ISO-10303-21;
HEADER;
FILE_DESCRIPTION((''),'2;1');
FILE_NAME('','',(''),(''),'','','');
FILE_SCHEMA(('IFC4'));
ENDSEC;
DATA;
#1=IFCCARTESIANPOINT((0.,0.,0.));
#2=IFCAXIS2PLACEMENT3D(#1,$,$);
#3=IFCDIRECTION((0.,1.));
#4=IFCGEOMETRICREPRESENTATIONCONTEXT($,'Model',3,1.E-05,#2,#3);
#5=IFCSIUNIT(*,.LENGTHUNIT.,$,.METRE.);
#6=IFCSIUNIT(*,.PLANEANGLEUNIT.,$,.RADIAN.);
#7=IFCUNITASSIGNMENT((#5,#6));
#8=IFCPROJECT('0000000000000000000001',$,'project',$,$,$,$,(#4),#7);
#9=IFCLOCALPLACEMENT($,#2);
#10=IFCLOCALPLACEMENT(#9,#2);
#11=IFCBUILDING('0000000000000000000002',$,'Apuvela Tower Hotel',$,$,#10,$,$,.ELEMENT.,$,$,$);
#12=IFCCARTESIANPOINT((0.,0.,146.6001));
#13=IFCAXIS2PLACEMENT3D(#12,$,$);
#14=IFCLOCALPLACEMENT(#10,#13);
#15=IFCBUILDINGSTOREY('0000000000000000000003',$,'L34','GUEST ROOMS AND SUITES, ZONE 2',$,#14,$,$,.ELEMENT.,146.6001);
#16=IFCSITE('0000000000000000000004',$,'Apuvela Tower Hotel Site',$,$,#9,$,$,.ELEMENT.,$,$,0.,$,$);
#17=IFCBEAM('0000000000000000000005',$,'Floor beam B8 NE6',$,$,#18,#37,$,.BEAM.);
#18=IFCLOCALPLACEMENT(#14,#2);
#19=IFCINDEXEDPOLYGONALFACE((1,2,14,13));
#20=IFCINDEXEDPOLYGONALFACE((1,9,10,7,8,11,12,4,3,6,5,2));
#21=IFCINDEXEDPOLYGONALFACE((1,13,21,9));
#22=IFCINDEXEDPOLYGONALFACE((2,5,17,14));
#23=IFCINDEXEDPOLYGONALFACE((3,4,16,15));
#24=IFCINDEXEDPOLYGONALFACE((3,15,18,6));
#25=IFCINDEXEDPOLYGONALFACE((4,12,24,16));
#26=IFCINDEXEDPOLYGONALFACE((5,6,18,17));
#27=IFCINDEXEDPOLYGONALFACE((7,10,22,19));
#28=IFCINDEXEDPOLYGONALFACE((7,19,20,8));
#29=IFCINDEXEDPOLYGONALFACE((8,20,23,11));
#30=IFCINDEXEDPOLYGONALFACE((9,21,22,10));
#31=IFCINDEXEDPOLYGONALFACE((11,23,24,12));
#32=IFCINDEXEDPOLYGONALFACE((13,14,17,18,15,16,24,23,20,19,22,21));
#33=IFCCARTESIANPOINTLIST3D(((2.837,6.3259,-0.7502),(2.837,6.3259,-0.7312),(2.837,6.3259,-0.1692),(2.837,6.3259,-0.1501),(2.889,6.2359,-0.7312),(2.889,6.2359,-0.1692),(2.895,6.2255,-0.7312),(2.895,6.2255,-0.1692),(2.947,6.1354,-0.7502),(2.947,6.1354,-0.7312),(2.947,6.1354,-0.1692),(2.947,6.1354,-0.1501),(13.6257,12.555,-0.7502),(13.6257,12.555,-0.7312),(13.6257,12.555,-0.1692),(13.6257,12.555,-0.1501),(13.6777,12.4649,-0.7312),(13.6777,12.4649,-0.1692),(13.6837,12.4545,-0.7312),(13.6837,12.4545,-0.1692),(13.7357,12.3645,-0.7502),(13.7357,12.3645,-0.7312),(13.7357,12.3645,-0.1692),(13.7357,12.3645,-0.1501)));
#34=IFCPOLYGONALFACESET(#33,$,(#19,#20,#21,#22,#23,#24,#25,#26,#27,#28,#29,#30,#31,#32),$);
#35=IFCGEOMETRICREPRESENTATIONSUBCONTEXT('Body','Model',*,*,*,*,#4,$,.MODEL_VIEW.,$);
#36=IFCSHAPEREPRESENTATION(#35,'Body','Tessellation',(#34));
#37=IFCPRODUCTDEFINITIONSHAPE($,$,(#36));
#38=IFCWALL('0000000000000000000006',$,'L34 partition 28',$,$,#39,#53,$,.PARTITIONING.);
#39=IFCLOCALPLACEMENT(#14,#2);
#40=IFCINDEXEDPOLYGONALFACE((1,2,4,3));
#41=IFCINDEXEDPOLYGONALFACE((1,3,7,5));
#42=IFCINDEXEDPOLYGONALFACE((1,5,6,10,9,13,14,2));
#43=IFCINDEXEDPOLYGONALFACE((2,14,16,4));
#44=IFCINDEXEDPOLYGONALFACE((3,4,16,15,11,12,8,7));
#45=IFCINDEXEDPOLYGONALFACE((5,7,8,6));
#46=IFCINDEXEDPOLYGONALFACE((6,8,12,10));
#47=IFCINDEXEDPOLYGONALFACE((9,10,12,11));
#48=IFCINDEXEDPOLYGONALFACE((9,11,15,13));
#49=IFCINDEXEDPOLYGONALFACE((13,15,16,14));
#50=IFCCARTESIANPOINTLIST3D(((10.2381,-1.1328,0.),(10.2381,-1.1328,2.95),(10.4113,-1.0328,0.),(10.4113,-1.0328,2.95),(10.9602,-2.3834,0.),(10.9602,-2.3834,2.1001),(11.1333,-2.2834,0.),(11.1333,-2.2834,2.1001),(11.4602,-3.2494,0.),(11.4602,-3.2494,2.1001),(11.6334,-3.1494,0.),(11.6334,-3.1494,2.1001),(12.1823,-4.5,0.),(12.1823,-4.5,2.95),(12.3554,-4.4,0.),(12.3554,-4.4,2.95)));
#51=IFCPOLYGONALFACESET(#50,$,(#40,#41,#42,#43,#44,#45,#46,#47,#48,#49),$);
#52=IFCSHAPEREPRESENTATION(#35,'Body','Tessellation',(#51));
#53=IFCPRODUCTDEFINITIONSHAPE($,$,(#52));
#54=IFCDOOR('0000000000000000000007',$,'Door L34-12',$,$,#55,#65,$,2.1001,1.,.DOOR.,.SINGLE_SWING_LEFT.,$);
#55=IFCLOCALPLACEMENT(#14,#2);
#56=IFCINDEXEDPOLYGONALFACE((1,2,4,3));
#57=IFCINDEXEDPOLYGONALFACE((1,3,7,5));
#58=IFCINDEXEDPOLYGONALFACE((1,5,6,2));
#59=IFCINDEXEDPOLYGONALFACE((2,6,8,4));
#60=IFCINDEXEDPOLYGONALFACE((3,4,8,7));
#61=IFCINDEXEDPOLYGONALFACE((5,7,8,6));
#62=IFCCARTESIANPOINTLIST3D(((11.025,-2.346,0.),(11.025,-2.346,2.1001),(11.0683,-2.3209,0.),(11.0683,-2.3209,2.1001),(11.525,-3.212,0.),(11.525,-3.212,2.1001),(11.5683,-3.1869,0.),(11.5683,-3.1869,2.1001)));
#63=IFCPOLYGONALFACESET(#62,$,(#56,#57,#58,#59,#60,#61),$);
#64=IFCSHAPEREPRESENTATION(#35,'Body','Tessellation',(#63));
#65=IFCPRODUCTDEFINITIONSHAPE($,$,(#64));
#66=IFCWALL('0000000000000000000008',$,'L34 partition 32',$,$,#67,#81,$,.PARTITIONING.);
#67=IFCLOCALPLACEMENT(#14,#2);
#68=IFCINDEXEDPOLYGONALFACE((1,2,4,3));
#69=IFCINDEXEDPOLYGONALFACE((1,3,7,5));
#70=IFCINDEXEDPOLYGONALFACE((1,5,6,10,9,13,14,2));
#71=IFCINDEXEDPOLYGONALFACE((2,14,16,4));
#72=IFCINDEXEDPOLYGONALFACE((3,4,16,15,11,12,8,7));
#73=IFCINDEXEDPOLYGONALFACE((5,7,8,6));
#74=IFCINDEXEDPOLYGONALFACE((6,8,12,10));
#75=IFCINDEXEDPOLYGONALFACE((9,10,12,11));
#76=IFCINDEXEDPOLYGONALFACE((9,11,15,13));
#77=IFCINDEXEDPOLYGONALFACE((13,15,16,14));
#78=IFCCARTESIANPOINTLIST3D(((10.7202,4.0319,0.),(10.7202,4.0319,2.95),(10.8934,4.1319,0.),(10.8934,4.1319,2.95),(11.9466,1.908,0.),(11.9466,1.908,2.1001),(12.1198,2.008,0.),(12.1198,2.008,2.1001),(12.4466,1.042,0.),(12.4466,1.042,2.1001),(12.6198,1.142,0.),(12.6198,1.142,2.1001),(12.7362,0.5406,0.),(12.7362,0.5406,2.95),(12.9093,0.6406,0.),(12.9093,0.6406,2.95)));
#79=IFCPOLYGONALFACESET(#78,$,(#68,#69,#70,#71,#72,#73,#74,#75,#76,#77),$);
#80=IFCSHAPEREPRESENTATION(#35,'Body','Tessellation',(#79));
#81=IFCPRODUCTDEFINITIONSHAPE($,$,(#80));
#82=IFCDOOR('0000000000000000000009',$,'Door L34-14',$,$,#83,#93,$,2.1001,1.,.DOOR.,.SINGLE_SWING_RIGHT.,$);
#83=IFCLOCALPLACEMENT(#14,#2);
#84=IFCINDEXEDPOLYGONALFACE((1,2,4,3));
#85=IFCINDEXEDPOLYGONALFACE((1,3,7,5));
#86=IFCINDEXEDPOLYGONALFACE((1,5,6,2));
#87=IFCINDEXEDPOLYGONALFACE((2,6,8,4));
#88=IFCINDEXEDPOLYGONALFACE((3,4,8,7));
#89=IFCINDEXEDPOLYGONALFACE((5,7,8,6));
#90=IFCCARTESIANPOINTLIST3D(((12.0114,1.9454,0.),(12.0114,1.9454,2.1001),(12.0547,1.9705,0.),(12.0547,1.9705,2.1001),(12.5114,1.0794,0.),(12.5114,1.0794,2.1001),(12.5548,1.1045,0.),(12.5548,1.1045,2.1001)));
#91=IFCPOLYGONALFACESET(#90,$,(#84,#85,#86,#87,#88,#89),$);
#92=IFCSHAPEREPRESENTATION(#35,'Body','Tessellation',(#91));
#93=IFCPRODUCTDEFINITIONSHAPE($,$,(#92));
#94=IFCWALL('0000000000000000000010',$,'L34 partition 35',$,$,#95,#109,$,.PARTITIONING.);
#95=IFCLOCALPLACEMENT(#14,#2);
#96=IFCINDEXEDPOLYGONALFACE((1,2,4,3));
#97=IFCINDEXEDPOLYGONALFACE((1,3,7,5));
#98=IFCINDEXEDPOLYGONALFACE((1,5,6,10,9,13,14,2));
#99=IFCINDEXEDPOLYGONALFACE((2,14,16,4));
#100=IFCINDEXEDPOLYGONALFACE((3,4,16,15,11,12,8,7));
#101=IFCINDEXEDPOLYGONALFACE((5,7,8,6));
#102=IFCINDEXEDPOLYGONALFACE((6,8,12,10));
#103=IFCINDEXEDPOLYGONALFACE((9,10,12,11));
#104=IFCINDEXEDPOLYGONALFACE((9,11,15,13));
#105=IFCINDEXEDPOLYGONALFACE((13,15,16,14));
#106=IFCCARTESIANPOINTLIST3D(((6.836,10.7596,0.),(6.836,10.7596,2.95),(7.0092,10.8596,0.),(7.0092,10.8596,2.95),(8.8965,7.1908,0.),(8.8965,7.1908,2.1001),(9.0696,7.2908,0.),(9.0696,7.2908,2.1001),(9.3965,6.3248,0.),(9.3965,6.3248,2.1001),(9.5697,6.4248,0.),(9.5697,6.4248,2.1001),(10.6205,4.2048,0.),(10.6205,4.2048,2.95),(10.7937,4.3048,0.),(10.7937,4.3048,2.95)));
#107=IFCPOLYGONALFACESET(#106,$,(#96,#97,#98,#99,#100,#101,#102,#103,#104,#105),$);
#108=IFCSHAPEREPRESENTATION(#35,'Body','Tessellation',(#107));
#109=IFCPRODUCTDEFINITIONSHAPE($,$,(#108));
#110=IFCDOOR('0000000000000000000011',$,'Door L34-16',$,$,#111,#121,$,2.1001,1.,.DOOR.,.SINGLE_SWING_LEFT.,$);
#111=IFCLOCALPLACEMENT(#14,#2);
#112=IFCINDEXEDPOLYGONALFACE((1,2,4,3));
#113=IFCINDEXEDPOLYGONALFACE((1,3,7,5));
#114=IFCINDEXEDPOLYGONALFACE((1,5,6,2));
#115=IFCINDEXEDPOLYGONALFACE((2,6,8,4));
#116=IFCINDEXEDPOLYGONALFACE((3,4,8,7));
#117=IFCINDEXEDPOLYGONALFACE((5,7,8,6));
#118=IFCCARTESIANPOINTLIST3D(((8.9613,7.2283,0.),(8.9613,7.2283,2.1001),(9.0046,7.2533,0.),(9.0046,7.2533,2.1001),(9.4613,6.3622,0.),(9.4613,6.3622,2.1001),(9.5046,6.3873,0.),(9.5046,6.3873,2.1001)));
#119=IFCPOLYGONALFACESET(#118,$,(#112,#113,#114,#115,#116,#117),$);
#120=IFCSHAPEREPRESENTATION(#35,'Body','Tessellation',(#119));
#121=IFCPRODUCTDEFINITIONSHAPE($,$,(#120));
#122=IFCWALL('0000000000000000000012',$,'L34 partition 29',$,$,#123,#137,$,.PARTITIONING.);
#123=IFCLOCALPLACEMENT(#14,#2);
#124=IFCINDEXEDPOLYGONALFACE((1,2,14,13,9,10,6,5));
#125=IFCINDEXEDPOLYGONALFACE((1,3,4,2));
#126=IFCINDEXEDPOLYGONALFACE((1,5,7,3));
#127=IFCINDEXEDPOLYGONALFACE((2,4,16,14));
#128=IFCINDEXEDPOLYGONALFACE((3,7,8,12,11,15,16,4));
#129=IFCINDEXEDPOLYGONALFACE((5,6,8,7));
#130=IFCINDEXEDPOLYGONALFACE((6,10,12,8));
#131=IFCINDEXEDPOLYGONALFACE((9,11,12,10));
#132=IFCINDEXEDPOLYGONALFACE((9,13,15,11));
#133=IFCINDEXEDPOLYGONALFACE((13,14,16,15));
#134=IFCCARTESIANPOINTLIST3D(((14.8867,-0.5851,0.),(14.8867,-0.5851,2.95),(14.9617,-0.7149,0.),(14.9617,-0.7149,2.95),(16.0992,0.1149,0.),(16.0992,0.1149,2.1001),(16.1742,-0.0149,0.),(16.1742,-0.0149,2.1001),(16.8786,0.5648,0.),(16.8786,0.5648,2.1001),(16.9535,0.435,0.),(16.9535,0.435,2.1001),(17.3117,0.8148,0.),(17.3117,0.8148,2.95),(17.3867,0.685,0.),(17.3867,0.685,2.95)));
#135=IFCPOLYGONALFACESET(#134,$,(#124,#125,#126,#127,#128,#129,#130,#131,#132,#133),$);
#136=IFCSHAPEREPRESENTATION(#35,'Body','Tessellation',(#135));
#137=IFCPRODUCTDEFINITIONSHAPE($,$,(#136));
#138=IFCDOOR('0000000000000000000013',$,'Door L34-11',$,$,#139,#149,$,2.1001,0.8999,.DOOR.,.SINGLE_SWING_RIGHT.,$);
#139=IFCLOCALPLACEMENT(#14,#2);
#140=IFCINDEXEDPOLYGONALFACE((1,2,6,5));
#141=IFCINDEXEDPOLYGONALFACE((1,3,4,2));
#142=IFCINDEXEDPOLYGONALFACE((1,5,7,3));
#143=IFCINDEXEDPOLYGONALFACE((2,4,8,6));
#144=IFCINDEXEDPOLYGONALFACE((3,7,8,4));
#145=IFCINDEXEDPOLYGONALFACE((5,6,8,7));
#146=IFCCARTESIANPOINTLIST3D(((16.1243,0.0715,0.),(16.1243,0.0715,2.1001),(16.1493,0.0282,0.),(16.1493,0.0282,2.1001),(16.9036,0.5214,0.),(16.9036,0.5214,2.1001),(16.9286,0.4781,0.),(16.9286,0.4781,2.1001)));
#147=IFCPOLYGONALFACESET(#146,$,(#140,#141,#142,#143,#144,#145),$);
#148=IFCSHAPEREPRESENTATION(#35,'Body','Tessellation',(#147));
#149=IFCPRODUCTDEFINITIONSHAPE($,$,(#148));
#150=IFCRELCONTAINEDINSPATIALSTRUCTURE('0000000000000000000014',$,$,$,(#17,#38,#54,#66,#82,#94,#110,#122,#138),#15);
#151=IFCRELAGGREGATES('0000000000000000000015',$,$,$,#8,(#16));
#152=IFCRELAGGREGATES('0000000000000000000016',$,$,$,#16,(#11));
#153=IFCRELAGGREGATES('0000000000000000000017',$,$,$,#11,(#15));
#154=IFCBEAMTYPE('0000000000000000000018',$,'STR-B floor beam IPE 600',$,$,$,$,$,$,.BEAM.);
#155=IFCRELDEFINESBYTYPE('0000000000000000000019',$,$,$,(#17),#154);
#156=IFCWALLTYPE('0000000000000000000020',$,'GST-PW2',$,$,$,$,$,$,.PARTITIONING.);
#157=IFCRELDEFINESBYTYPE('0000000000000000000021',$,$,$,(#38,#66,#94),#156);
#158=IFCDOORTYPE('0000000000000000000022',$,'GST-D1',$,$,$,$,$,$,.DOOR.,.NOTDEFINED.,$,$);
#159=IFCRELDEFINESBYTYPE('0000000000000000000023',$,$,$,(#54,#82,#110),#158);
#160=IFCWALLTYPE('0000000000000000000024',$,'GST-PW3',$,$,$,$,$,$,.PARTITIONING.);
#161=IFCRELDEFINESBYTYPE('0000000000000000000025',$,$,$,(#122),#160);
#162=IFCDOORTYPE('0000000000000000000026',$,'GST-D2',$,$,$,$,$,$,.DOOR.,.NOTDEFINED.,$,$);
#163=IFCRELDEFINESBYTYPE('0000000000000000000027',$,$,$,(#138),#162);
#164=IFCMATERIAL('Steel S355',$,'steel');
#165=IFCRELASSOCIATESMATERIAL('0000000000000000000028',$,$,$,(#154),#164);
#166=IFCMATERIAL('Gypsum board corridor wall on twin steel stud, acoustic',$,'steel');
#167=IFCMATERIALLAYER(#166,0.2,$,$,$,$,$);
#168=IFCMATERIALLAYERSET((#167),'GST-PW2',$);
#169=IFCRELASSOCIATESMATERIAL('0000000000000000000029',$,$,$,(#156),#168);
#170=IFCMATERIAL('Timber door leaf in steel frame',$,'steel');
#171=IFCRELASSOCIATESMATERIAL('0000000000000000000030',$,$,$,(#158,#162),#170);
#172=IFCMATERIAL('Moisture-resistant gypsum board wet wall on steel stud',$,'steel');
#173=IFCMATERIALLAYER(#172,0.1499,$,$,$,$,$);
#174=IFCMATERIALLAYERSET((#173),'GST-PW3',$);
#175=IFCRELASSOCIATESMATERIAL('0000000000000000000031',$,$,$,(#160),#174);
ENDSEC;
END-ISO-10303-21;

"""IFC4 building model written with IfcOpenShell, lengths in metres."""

from ifc_helpers import new_model, si_unit, direction, frame, frame_2d, origin, origin_2d, place, context, subcontext, project, spatial, rectangle, i_section, extrude, material, layer, layer_set, material_profile, profile_set, type_object, element, fill, save


model = new_model("IFC4")

# Units and contexts
model_context = context("Model", 3, precision=1e-05, world=origin(), true_north=direction((0.0, 1.0)))
body_context = subcontext(model_context, "Body", "Model", "MODEL_VIEW")
ifc_project = project(units=[si_unit("LENGTHUNIT", "METRE"), si_unit("PLANEANGLEUNIT", "RADIAN")], contexts=[model_context])

# Site, building, storey
site_placement = place(None, origin())
site = spatial("IfcSite", under=ifc_project, at=site_placement, Name="Apuvela Tower Hotel Site", CompositionType="ELEMENT", RefElevation=0.0)
building_placement = place(site_placement, origin())
building = spatial("IfcBuilding", under=site, at=building_placement, Name="Apuvela Tower Hotel", CompositionType="ELEMENT")
storey_placement = place(building_placement, frame((0.0, 0.0, 146.6001)))
storey = spatial("IfcBuildingStorey", under=building, at=storey_placement, Name="L34", Description="GUEST ROOMS AND SUITES, ZONE 2", CompositionType="ELEMENT", Elevation=146.6001)

# Beam
ifc_material_1 = material(Name="Steel S355", Category="steel")
ifc_material_profile = material_profile(ifc_material_1, i_section(OverallWidth=0.22, OverallDepth=0.6001, WebThickness=0.012, FlangeThickness=0.019, at=origin_2d()), Name="IPE 600")
ifc_profile_set = profile_set([ifc_material_profile], Name="Steel S355")
beam_type = type_object("IfcBeamType", Name="STR-B floor beam IPE 600", PredefinedType="BEAM", material=ifc_profile_set)
beam_placement = place(storey_placement, frame((13.6807, 12.4597, -0.4502), z_axis=(-0.866018, -0.500013, 0.0), x_axis=(0.500013, -0.866018, 0.0)))
element("IfcBeam", 1, at=beam_placement, inside=storey, type_object=beam_type, Name="Floor beam B8 NE6", PredefinedType="BEAM", context=body_context, shape_type="SweptSolid", body=[
    extrude(i_section(OverallWidth=0.22, OverallDepth=0.6001, WebThickness=0.012, FlangeThickness=0.019, at=origin_2d()), origin(), (0.0, 0.0, 1.0), 12.4578),
])

# Walls, openings, doors
ifc_material_2 = material(Name="Gypsum board corridor wall on twin steel stud, acoustic", Category="steel")
ifc_layer_1 = layer(ifc_material_2, 0.2)
ifc_layer_set_1 = layer_set([ifc_layer_1], Name="GST-PW2")
wall_type_1 = type_object("IfcWallType", Name="GST-PW2", PredefinedType="PARTITIONING", material=ifc_layer_set_1)
wall_1_placement = place(storey_placement, frame((10.3247, -1.0828, 0.0), z_axis=(0.0, 0.0, 1.0), x_axis=(0.500009, -0.86602, 0.0)))
wall_1 = element("IfcWall", 2, at=wall_1_placement, inside=storey, type_object=wall_type_1, Name="L34 partition 28", PredefinedType="PARTITIONING", context=body_context, shape_type="SweptSolid", body=[
    extrude(rectangle(XDim=3.8882, YDim=0.2, at=frame_2d((1.9441, 0.0))), origin(), (0.0, 0.0, 1.0), 2.95),
])
opening_1_placement = place(wall_1_placement, frame((1.4441, 0.0, 0.0)))
opening_1 = element("IfcOpeningElement", 3, at=opening_1_placement, cuts=wall_1, PredefinedType="OPENING", context=body_context, shape_type="SweptSolid", body=[
    extrude(rectangle(XDim=1.0, YDim=2.1001, at=frame_2d((0.5, 1.05))), frame((0.0, 0.1099, 0.0), z_axis=(0.0, -1.0, 0.0), x_axis=(1.0, 0.0, 0.0)), (0.0, 0.0, 1.0), 0.22),
])
ifc_material_3 = material(Name="Timber door leaf in steel frame", Category="steel")
door_type_1 = type_object("IfcDoorType", Name="GST-D1", OperationType="NOTDEFINED", PredefinedType="DOOR", material=ifc_material_3)
door_1_placement = place(opening_1_placement, origin())
door_1 = element("IfcDoor", 4, at=door_1_placement, inside=storey, type_object=door_type_1, Name="Door L34-12", OperationType="SINGLE_SWING_LEFT", OverallHeight=2.1001, OverallWidth=1.0, PredefinedType="DOOR", context=body_context, shape_type="SweptSolid", body=[
    extrude(rectangle(XDim=1.0, YDim=2.1001, at=frame_2d((0.5, 1.05))), frame((0.0, 0.0249, 0.0), z_axis=(0.0, -1.0, 0.0), x_axis=(1.0, 0.0, 0.0)), (0.0, 0.0, 1.0), 0.05),
])
fill(opening_1, door_1)
wall_2_placement = place(storey_placement, frame((10.8069, 4.0818, 0.0), z_axis=(0.0, 0.0, 1.0), x_axis=(0.50004, -0.866002, 0.0)))
wall_2 = element("IfcWall", 5, at=wall_2_placement, inside=storey, type_object=wall_type_1, Name="L34 partition 32", PredefinedType="PARTITIONING", context=body_context, shape_type="SweptSolid", body=[
    extrude(rectangle(XDim=4.0315, YDim=0.2, at=frame_2d((2.0156, 0.0))), origin(), (0.0, 0.0, 1.0), 2.95),
])
opening_2_placement = place(wall_2_placement, frame((2.4524, 0.0, 0.0)))
opening_2 = element("IfcOpeningElement", 6, at=opening_2_placement, cuts=wall_2, PredefinedType="OPENING", context=body_context, shape_type="SweptSolid", body=[
    extrude(rectangle(XDim=1.0, YDim=2.1001, at=frame_2d((0.5, 1.05))), frame((0.0, 0.1099, 0.0), z_axis=(0.0, -1.0, 0.0), x_axis=(1.0, 0.0, 0.0)), (0.0, 0.0, 1.0), 0.22),
])
door_2_placement = place(opening_2_placement, origin())
door_2 = element("IfcDoor", 7, at=door_2_placement, inside=storey, type_object=door_type_1, Name="Door L34-14", OperationType="SINGLE_SWING_RIGHT", OverallHeight=2.1001, OverallWidth=1.0, PredefinedType="DOOR", context=body_context, shape_type="SweptSolid", body=[
    extrude(rectangle(XDim=1.0, YDim=2.1001, at=frame_2d((0.5, 1.05))), frame((0.0, 0.0249, 0.0), z_axis=(0.0, -1.0, 0.0), x_axis=(1.0, 0.0, 0.0)), (0.0, 0.0, 1.0), 0.05),
])
fill(opening_2, door_2)
wall_3_placement = place(storey_placement, frame((6.9226, 10.8096, 0.0), z_axis=(0.0, 0.0, 1.0), x_axis=(0.500007, -0.866021, 0.0)))
wall_3 = element("IfcWall", 8, at=wall_3_placement, inside=storey, type_object=wall_type_1, Name="L34 partition 35", PredefinedType="PARTITIONING", context=body_context, shape_type="SweptSolid", body=[
    extrude(rectangle(XDim=7.5688, YDim=0.2, at=frame_2d((3.7844, 0.0))), origin(), (0.0, 0.0, 1.0), 2.95),
])
opening_3_placement = place(wall_3_placement, frame((4.1208, 0.0, 0.0)))
opening_3 = element("IfcOpeningElement", 9, at=opening_3_placement, cuts=wall_3, PredefinedType="OPENING", context=body_context, shape_type="SweptSolid", body=[
    extrude(rectangle(XDim=1.0, YDim=2.1001, at=frame_2d((0.5, 1.05))), frame((0.0, 0.1099, 0.0), z_axis=(0.0, -1.0, 0.0), x_axis=(1.0, 0.0, 0.0)), (0.0, 0.0, 1.0), 0.22),
])
door_3_placement = place(opening_3_placement, origin())
door_3 = element("IfcDoor", 10, at=door_3_placement, inside=storey, type_object=door_type_1, Name="Door L34-16", OperationType="SINGLE_SWING_LEFT", OverallHeight=2.1001, OverallWidth=1.0, PredefinedType="DOOR", context=body_context, shape_type="SweptSolid", body=[
    extrude(rectangle(XDim=1.0, YDim=2.1001, at=frame_2d((0.5, 1.05))), frame((0.0, 0.0249, 0.0), z_axis=(0.0, -1.0, 0.0), x_axis=(1.0, 0.0, 0.0)), (0.0, 0.0, 1.0), 0.05),
])
fill(opening_3, door_3)
ifc_material_4 = material(Name="Moisture-resistant gypsum board wet wall on steel stud", Category="steel")
ifc_layer_2 = layer(ifc_material_4, 0.1499)
ifc_layer_set_2 = layer_set([ifc_layer_2], Name="GST-PW3")
wall_type_2 = type_object("IfcWallType", Name="GST-PW3", PredefinedType="PARTITIONING", material=ifc_layer_set_2)
wall_4_placement = place(storey_placement, frame((14.9243, -0.6499, 0.0), z_axis=(0.0, 0.0, 1.0), x_axis=(0.866056, 0.499946, 0.0)))
wall_4 = element("IfcWall", 11, at=wall_4_placement, inside=storey, type_object=wall_type_2, Name="L34 partition 29", PredefinedType="PARTITIONING", context=body_context, shape_type="SweptSolid", body=[
    extrude(rectangle(XDim=2.8, YDim=0.1499, at=frame_2d((1.3999, 0.0))), origin(), (0.0, 0.0, 1.0), 2.95),
])
opening_4_placement = place(wall_4_placement, frame((1.3999, 0.0, 0.0)))
opening_4 = element("IfcOpeningElement", 12, at=opening_4_placement, cuts=wall_4, PredefinedType="OPENING", context=body_context, shape_type="SweptSolid", body=[
    extrude(rectangle(XDim=0.8999, YDim=2.1001, at=frame_2d((0.45, 1.05))), frame((0.0, 0.085, 0.0), z_axis=(0.0, -1.0, 0.0), x_axis=(1.0, 0.0, 0.0)), (0.0, 0.0, 1.0), 0.1699),
])
door_type_2 = type_object("IfcDoorType", Name="GST-D2", OperationType="NOTDEFINED", PredefinedType="DOOR", material=ifc_material_3)
door_4_placement = place(opening_4_placement, origin())
door_4 = element("IfcDoor", 13, at=door_4_placement, inside=storey, type_object=door_type_2, Name="Door L34-11", OperationType="SINGLE_SWING_RIGHT", OverallHeight=2.1001, OverallWidth=0.8999, PredefinedType="DOOR", context=body_context, shape_type="SweptSolid", body=[
    extrude(rectangle(XDim=0.8999, YDim=2.1001, at=frame_2d((0.45, 1.05))), frame((0.0, 0.0249, 0.0), z_axis=(0.0, -1.0, 0.0), x_axis=(1.0, 0.0, 0.0)), (0.0, 0.0, 1.0), 0.05),
])
fill(opening_4, door_4)

save(model, "model.ifc")
